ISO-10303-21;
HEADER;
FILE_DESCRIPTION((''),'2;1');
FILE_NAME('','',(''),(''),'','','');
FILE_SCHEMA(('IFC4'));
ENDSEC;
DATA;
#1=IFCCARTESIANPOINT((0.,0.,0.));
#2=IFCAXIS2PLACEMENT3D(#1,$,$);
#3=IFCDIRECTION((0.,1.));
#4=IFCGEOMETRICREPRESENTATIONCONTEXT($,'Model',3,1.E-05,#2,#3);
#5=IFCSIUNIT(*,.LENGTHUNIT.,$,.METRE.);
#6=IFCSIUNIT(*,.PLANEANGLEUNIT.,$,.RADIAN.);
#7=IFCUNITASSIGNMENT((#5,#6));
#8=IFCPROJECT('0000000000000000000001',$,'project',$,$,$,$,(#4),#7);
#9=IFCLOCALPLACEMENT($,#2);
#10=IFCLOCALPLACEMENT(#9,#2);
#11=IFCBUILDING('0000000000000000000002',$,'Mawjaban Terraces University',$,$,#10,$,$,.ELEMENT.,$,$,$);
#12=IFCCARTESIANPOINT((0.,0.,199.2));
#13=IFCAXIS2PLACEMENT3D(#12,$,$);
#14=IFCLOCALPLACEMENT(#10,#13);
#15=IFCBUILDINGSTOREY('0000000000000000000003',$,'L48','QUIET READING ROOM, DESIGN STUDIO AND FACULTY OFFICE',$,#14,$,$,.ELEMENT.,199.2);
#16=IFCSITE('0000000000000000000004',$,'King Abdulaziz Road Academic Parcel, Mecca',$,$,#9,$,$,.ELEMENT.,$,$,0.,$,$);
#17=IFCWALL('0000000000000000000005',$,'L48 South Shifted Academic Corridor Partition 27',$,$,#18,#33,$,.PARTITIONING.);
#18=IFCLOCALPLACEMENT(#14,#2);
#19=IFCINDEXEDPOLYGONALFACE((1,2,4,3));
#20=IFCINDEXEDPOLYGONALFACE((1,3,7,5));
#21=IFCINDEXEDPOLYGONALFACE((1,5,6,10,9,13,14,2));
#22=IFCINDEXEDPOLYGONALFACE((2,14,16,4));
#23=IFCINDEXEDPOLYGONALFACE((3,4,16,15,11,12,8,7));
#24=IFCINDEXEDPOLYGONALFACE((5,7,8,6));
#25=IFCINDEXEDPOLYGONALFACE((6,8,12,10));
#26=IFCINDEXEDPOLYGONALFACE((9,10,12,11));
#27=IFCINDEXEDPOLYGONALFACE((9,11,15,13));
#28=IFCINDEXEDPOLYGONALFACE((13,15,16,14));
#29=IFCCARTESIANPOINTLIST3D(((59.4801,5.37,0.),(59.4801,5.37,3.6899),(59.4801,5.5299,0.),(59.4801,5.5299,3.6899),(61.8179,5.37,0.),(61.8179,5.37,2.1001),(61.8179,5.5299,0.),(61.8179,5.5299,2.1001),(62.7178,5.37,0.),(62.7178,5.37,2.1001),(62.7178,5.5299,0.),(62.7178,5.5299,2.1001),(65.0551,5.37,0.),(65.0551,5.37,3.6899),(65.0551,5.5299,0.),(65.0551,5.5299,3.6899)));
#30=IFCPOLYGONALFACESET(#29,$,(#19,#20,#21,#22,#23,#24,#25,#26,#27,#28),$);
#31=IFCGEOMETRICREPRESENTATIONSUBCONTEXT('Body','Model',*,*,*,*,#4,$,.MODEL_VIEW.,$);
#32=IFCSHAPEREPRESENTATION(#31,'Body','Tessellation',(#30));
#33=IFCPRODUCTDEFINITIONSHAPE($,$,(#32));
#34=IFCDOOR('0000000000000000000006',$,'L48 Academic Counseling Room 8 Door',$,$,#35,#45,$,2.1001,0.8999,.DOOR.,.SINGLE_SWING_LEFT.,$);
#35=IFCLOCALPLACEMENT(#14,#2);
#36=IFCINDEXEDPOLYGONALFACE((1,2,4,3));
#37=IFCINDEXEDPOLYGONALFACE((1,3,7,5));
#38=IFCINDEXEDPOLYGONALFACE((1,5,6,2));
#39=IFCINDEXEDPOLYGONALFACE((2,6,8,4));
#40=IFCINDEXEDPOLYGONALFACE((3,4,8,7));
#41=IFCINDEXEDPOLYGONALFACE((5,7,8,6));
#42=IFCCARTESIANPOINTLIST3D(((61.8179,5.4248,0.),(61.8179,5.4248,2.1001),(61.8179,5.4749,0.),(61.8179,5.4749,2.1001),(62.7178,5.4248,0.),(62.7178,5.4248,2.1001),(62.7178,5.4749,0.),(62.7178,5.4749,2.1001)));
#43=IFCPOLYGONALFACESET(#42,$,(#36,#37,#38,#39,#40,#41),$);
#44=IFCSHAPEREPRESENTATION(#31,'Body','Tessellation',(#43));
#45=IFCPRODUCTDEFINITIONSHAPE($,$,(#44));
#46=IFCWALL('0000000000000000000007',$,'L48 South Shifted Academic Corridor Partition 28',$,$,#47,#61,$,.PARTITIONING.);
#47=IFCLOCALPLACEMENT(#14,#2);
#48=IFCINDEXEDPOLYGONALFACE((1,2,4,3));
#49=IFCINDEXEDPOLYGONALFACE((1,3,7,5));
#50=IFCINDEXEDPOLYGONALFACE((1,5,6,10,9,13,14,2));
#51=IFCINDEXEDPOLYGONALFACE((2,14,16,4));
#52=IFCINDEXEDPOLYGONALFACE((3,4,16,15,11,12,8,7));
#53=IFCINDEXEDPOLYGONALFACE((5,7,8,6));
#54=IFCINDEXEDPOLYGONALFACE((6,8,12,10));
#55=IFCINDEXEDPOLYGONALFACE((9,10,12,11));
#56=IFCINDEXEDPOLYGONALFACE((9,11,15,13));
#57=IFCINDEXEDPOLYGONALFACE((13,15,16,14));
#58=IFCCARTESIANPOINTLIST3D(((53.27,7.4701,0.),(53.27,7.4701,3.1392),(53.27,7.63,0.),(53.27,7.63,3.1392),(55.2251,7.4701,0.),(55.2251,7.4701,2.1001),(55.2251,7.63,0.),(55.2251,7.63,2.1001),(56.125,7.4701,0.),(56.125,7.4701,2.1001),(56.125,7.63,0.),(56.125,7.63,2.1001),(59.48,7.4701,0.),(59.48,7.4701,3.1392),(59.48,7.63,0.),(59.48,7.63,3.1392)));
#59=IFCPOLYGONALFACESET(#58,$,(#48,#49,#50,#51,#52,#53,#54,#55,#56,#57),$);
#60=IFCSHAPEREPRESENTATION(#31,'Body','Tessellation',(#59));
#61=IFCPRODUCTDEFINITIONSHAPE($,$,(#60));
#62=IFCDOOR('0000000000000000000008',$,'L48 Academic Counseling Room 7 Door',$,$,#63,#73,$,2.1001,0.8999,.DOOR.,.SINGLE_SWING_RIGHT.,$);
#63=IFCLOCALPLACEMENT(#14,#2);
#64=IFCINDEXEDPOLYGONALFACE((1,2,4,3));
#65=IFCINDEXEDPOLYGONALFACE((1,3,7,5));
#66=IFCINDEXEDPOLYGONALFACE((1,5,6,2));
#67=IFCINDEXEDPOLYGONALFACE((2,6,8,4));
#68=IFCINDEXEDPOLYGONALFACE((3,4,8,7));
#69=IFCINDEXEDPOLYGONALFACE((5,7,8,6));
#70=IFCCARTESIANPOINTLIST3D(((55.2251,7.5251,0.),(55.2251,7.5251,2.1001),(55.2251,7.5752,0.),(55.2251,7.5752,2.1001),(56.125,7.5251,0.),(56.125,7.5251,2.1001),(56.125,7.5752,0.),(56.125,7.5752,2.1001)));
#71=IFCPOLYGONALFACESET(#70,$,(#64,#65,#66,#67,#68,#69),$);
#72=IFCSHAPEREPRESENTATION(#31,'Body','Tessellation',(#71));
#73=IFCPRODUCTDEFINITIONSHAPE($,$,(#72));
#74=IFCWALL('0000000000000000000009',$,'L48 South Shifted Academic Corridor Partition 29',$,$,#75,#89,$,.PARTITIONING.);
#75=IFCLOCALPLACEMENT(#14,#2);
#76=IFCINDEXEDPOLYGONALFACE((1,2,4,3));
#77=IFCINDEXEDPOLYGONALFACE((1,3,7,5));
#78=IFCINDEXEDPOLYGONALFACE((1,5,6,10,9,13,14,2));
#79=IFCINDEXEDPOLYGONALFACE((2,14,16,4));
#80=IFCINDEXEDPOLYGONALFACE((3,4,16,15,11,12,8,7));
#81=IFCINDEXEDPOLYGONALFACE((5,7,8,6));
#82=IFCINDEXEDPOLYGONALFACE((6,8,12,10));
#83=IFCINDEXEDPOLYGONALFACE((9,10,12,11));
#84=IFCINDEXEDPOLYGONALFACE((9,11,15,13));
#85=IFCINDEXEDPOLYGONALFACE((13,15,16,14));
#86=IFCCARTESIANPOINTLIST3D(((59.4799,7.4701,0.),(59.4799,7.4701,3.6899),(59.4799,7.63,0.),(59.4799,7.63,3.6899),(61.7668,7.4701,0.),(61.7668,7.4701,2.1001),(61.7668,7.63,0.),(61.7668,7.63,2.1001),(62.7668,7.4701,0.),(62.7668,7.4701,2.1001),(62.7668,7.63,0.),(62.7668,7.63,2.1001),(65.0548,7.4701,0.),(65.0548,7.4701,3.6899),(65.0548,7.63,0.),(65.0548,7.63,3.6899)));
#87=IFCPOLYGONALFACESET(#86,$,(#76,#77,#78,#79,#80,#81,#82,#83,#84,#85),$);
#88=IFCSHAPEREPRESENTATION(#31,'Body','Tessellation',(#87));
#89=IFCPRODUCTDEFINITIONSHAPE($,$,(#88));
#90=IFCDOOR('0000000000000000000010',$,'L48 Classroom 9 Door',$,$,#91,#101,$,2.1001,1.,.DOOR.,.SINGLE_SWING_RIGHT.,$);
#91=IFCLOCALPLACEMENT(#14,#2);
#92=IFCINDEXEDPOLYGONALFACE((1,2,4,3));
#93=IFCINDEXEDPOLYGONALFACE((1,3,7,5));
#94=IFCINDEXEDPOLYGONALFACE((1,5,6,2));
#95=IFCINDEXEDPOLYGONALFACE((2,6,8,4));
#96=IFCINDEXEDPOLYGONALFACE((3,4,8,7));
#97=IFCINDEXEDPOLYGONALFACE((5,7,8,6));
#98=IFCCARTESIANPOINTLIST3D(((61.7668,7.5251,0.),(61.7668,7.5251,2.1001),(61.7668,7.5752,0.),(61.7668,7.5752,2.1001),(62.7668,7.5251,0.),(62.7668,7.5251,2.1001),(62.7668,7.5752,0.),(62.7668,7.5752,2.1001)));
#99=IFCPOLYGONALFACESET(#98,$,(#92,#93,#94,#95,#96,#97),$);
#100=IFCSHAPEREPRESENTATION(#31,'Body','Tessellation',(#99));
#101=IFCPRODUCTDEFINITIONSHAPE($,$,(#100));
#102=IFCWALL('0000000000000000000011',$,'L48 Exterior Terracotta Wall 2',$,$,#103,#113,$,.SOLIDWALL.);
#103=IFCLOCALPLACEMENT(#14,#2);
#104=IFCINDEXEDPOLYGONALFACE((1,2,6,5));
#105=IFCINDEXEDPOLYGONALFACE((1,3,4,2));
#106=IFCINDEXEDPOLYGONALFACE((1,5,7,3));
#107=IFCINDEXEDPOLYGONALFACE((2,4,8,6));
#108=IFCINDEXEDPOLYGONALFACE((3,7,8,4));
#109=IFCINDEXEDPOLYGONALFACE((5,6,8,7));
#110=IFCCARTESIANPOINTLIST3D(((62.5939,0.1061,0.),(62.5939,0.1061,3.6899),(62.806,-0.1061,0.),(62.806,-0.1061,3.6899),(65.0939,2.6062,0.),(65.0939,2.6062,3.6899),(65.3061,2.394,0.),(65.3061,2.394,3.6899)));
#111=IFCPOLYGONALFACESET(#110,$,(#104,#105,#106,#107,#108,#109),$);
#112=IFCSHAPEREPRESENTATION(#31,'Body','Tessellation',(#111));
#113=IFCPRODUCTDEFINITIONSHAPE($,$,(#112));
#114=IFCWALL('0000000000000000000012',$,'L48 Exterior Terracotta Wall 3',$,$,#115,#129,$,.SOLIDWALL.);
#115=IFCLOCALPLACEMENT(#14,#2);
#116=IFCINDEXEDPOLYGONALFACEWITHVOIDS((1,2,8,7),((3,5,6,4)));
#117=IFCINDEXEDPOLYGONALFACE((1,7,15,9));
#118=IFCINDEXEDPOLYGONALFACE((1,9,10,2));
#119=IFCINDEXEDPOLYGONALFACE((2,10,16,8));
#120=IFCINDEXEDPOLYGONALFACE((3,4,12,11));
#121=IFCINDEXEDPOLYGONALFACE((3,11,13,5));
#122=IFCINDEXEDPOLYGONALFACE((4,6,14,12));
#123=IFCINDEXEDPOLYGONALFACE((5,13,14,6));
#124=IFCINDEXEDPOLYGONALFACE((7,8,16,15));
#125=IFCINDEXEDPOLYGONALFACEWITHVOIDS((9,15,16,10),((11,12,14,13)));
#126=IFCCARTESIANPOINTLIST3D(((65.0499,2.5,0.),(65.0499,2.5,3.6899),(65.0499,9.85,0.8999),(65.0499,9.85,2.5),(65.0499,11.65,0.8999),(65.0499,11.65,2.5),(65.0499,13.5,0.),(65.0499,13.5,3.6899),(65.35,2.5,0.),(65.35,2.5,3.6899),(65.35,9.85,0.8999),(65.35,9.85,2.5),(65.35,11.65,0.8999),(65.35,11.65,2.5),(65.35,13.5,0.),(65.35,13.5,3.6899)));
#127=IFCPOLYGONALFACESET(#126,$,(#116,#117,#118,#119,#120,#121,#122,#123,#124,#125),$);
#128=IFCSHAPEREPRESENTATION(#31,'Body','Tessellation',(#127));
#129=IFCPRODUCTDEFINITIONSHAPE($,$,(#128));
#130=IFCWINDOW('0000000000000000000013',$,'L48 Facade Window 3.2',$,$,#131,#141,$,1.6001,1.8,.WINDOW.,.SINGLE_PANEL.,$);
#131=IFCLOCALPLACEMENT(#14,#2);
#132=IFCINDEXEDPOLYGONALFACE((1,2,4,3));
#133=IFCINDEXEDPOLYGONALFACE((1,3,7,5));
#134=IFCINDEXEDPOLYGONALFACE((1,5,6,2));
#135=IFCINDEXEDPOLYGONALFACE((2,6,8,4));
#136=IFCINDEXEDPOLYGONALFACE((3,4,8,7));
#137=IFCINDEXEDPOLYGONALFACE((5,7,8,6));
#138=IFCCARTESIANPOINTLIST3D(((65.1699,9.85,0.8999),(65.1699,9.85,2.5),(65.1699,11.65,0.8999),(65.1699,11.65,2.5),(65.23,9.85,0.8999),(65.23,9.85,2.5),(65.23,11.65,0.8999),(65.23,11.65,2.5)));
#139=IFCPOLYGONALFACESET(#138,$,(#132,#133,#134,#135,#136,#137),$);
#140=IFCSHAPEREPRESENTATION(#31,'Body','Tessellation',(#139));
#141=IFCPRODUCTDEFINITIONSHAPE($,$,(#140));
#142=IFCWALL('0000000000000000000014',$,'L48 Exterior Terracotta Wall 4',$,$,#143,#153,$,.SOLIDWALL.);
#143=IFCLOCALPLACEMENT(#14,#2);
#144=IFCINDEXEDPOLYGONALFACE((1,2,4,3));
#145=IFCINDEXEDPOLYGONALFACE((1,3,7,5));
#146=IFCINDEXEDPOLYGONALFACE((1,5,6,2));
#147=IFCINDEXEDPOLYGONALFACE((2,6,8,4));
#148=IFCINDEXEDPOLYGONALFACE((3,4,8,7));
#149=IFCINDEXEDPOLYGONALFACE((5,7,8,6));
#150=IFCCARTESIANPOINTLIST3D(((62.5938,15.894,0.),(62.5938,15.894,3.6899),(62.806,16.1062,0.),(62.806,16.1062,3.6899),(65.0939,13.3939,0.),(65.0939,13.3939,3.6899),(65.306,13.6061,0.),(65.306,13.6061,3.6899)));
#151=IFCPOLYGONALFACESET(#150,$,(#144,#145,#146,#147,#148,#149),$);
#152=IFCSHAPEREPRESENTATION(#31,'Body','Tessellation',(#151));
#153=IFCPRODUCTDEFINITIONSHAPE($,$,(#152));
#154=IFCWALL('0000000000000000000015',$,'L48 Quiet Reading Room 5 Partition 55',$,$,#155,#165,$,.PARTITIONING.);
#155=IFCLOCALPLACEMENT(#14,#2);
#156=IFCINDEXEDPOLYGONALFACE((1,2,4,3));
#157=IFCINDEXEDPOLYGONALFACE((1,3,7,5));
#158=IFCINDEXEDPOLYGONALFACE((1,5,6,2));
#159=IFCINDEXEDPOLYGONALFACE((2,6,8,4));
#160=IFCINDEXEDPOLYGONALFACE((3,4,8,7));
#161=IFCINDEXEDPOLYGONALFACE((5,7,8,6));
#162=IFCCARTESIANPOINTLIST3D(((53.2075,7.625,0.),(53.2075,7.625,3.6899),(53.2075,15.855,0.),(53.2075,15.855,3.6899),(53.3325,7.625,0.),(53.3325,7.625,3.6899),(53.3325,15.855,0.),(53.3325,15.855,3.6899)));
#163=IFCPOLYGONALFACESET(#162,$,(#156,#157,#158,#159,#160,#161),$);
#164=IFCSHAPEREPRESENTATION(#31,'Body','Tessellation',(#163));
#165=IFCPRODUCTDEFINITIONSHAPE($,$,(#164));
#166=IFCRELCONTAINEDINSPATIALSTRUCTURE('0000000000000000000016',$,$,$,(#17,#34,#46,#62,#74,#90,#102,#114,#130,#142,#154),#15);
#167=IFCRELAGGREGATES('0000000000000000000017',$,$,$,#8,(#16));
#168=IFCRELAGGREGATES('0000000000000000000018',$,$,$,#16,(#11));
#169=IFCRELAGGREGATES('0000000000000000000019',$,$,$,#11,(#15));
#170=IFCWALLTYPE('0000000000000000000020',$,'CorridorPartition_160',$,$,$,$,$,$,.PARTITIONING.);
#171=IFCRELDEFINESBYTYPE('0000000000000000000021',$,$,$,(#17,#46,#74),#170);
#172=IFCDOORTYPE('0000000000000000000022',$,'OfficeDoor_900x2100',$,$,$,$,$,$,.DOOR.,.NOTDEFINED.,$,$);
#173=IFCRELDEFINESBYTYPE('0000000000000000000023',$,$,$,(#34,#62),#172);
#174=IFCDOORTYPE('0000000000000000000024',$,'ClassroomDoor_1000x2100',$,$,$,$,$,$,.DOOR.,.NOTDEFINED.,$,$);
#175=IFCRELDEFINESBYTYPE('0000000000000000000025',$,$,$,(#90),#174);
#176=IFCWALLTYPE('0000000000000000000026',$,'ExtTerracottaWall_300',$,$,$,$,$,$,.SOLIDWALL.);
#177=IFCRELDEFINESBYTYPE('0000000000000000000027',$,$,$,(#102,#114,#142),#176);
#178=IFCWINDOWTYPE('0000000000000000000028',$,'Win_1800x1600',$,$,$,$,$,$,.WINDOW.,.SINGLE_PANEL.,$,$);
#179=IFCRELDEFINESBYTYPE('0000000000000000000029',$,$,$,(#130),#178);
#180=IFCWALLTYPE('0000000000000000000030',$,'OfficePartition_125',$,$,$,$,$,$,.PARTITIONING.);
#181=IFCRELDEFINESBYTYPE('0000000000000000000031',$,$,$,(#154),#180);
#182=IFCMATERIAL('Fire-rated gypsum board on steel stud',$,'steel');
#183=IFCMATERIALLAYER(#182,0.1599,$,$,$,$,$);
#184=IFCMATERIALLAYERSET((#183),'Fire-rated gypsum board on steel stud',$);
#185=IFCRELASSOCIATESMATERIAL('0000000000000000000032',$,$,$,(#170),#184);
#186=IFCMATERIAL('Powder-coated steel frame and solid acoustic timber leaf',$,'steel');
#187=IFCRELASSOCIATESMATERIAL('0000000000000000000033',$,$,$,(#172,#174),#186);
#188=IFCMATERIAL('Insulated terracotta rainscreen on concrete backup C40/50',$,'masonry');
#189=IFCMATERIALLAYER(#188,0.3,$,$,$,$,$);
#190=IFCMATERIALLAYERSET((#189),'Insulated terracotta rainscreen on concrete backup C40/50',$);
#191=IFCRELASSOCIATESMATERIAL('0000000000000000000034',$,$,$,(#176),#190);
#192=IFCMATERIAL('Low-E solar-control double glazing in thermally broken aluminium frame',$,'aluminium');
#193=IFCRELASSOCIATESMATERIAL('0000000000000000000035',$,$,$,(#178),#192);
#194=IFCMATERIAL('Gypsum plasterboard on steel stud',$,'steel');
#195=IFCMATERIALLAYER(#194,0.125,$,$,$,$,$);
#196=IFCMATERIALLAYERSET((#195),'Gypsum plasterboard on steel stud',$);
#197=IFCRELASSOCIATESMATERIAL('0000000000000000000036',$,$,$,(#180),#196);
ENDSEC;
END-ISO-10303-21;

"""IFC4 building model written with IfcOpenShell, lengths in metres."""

from ifc_helpers import new_model, si_unit, direction, frame, frame_2d, origin, place, context, subcontext, project, spatial, rectangle, extrude, material, layer, layer_set, type_object, element, fill, save


model = new_model("IFC4")

# Units and contexts
model_context = context("Model", 3, precision=1e-05, world=origin(), true_north=direction((0.0, 1.0)))
body_context = subcontext(model_context, "Body", "Model", "MODEL_VIEW")
ifc_project = project(units=[si_unit("LENGTHUNIT", "METRE"), si_unit("PLANEANGLEUNIT", "RADIAN")], contexts=[model_context])

# Site, building, storey
site_placement = place(None, origin())
site = spatial("IfcSite", under=ifc_project, at=site_placement, Name="King Abdulaziz Road Academic Parcel, Mecca", CompositionType="ELEMENT", RefElevation=0.0)
building_placement = place(site_placement, origin())
building = spatial("IfcBuilding", under=site, at=building_placement, Name="Mawjaban Terraces University", CompositionType="ELEMENT")
storey_placement = place(building_placement, frame((0.0, 0.0, 199.2)))
storey = spatial("IfcBuildingStorey", under=building, at=storey_placement, Name="L48", Description="QUIET READING ROOM, DESIGN STUDIO AND FACULTY OFFICE", CompositionType="ELEMENT", Elevation=199.2)

# Walls, openings, doors
ifc_material_1 = material(Name="Fire-rated gypsum board on steel stud", Category="steel")
ifc_layer_1 = layer(ifc_material_1, 0.1599)
ifc_layer_set_1 = layer_set([ifc_layer_1], Name="Fire-rated gypsum board on steel stud")
wall_type_1 = type_object("IfcWallType", Name="CorridorPartition_160", PredefinedType="PARTITIONING", material=ifc_layer_set_1)
ifc_material_2 = material(Name="Powder-coated steel frame and solid acoustic timber leaf", Category="steel")
door_type_1 = type_object("IfcDoorType", Name="OfficeDoor_900x2100", OperationType="NOTDEFINED", PredefinedType="DOOR", material=ifc_material_2)
wall_1_placement = place(storey_placement, frame((59.48, 5.45, 0.0), z_axis=(0.0, 0.0, 1.0), x_axis=(1.0, 0.0, 0.0)))
wall_1 = element("IfcWall", 1, at=wall_1_placement, inside=storey, type_object=wall_type_1, Name="L48 South Shifted Academic Corridor Partition 27", PredefinedType="PARTITIONING", context=body_context, shape_type="SweptSolid", body=[
    extrude(rectangle(XDim=5.575, YDim=0.1599, at=frame_2d((2.7876, 0.0))), origin(), (0.0, 0.0, 1.0), 3.6899),
])
opening_1_placement = place(wall_1_placement, frame((2.3379, 0.0, 0.0)))
opening_1 = element("IfcOpeningElement", 2, at=opening_1_placement, cuts=wall_1, PredefinedType="OPENING", context=body_context, shape_type="SweptSolid", body=[
    extrude(rectangle(XDim=0.8999, YDim=2.1001, at=frame_2d((0.45, 1.05))), frame((0.0, 0.0898, 0.0), z_axis=(0.0, -1.0, 0.0), x_axis=(1.0, 0.0, 0.0)), (0.0, 0.0, 1.0), 0.1799),
])
door_1_placement = place(opening_1_placement, origin())
door_1 = element("IfcDoor", 3, at=door_1_placement, inside=storey, type_object=door_type_1, Name="L48 Academic Counseling Room 8 Door", OperationType="SINGLE_SWING_LEFT", OverallHeight=2.1001, OverallWidth=0.8999, PredefinedType="DOOR", context=body_context, shape_type="SweptSolid", body=[
    extrude(rectangle(XDim=0.8999, YDim=2.1001, at=frame_2d((0.45, 1.05))), frame((0.0, 0.0249, 0.0), z_axis=(0.0, -1.0, 0.0), x_axis=(1.0, 0.0, 0.0)), (0.0, 0.0, 1.0), 0.05),
])
fill(opening_1, door_1)
wall_2_placement = place(storey_placement, frame((59.48, 7.55, 0.0), z_axis=(0.0, 0.0, 1.0), x_axis=(-1.0, 0.0, 0.0)))
wall_2 = element("IfcWall", 4, at=wall_2_placement, inside=storey, type_object=wall_type_1, Name="L48 South Shifted Academic Corridor Partition 28", PredefinedType="PARTITIONING", context=body_context, shape_type="SweptSolid", body=[
    extrude(rectangle(XDim=6.21, YDim=0.1599, at=frame_2d((3.105, 0.0))), origin(), (0.0, 0.0, 1.0), 3.1392),
])
opening_2_placement = place(wall_2_placement, frame((3.355, 0.0, 0.0)))
opening_2 = element("IfcOpeningElement", 5, at=opening_2_placement, cuts=wall_2, PredefinedType="OPENING", context=body_context, shape_type="SweptSolid", body=[
    extrude(rectangle(XDim=0.8999, YDim=2.1001, at=frame_2d((0.45, 1.05))), frame((0.0, 0.0898, 0.0), z_axis=(0.0, -1.0, 0.0), x_axis=(1.0, 0.0, 0.0)), (0.0, 0.0, 1.0), 0.1799),
])
door_2_placement = place(opening_2_placement, origin())
door_2 = element("IfcDoor", 6, at=door_2_placement, inside=storey, type_object=door_type_1, Name="L48 Academic Counseling Room 7 Door", OperationType="SINGLE_SWING_RIGHT", OverallHeight=2.1001, OverallWidth=0.8999, PredefinedType="DOOR", context=body_context, shape_type="SweptSolid", body=[
    extrude(rectangle(XDim=0.8999, YDim=2.1001, at=frame_2d((0.45, 1.05))), frame((0.0, 0.0249, 0.0), z_axis=(0.0, -1.0, 0.0), x_axis=(1.0, 0.0, 0.0)), (0.0, 0.0, 1.0), 0.05),
])
fill(opening_2, door_2)
wall_3_placement = place(storey_placement, frame((65.0549, 7.55, 0.0), z_axis=(0.0, 0.0, 1.0), x_axis=(-1.0, 0.0, 0.0)))
wall_3 = element("IfcWall", 7, at=wall_3_placement, inside=storey, type_object=wall_type_1, Name="L48 South Shifted Academic Corridor Partition 29", PredefinedType="PARTITIONING", context=body_context, shape_type="SweptSolid", body=[
    extrude(rectangle(XDim=5.575, YDim=0.1599, at=frame_2d((2.7876, 0.0))), origin(), (0.0, 0.0, 1.0), 3.6899),
])
opening_3_placement = place(wall_3_placement, frame((2.2881, 0.0, 0.0)))
opening_3 = element("IfcOpeningElement", 8, at=opening_3_placement, cuts=wall_3, PredefinedType="OPENING", context=body_context, shape_type="SweptSolid", body=[
    extrude(rectangle(XDim=1.0, YDim=2.1001, at=frame_2d((0.5, 1.05))), frame((0.0, 0.0898, 0.0), z_axis=(0.0, -1.0, 0.0), x_axis=(1.0, 0.0, 0.0)), (0.0, 0.0, 1.0), 0.1799),
])
door_type_2 = type_object("IfcDoorType", Name="ClassroomDoor_1000x2100", OperationType="NOTDEFINED", PredefinedType="DOOR", material=ifc_material_2)
door_3_placement = place(opening_3_placement, origin())
door_3 = element("IfcDoor", 9, at=door_3_placement, inside=storey, type_object=door_type_2, Name="L48 Classroom 9 Door", OperationType="SINGLE_SWING_RIGHT", OverallHeight=2.1001, OverallWidth=1.0, PredefinedType="DOOR", context=body_context, shape_type="SweptSolid", body=[
    extrude(rectangle(XDim=1.0, YDim=2.1001, at=frame_2d((0.5, 1.05))), frame((0.0, 0.0249, 0.0), z_axis=(0.0, -1.0, 0.0), x_axis=(1.0, 0.0, 0.0)), (0.0, 0.0, 1.0), 0.05),
])
fill(opening_3, door_3)

# Wall
ifc_material_3 = material(Name="Insulated terracotta rainscreen on concrete backup C40/50", Category="masonry")
ifc_layer_2 = layer(ifc_material_3, 0.3)
ifc_layer_set_2 = layer_set([ifc_layer_2], Name="Insulated terracotta rainscreen on concrete backup C40/50")
wall_type_2 = type_object("IfcWallType", Name="ExtTerracottaWall_300", PredefinedType="SOLIDWALL", material=ifc_layer_set_2)
wall_4_placement = place(storey_placement, frame((62.7, 0.0, 0.0), z_axis=(0.0, 0.0, 1.0), x_axis=(0.707107, 0.707107, 0.0)))
element("IfcWall", 10, at=wall_4_placement, inside=storey, type_object=wall_type_2, Name="L48 Exterior Terracotta Wall 2", PredefinedType="SOLIDWALL", context=body_context, shape_type="SweptSolid", body=[
    extrude(rectangle(XDim=3.5356, YDim=0.3, at=frame_2d((1.7678, 0.0))), origin(), (0.0, 0.0, 1.0), 3.6899),
])

# Wall, opening, window
wall_5_placement = place(storey_placement, frame((65.2, 2.5, 0.0), z_axis=(0.0, 0.0, 1.0), x_axis=(0.0, 1.0, 0.0)))
wall_5 = element("IfcWall", 11, at=wall_5_placement, inside=storey, type_object=wall_type_2, Name="L48 Exterior Terracotta Wall 3", PredefinedType="SOLIDWALL", context=body_context, shape_type="SweptSolid", body=[
    extrude(rectangle(XDim=11.0, YDim=0.3, at=frame_2d((5.5, 0.0))), origin(), (0.0, 0.0, 1.0), 3.6899),
])
opening_4_placement = place(wall_5_placement, frame((7.3501, 0.0, 0.8999)))
opening_4 = element("IfcOpeningElement", 12, at=opening_4_placement, cuts=wall_5, PredefinedType="OPENING", context=body_context, shape_type="SweptSolid", body=[
    extrude(rectangle(XDim=1.8, YDim=1.6001, at=frame_2d((0.8999, 0.8))), frame((0.0, 0.1599, 0.0), z_axis=(0.0, -1.0, 0.0), x_axis=(1.0, 0.0, 0.0)), (0.0, 0.0, 1.0), 0.3201),
])
ifc_material_4 = material(Name="Low-E solar-control double glazing in thermally broken aluminium frame", Category="aluminium")
window_type = type_object("IfcWindowType", Name="Win_1800x1600", PartitioningType="SINGLE_PANEL", PredefinedType="WINDOW", material=ifc_material_4)
window_placement = place(opening_4_placement, origin())
window = element("IfcWindow", 13, at=window_placement, inside=storey, type_object=window_type, Name="L48 Facade Window 3.2", OverallHeight=1.6001, OverallWidth=1.8, PartitioningType="SINGLE_PANEL", PredefinedType="WINDOW", context=body_context, shape_type="SweptSolid", body=[
    extrude(rectangle(XDim=1.8, YDim=1.6001, at=frame_2d((0.8999, 0.8))), frame((0.0, 0.03, 0.0), z_axis=(0.0, -1.0, 0.0), x_axis=(1.0, 0.0, 0.0)), (0.0, 0.0, 1.0), 0.0601),
])
fill(opening_4, window)

# Walls
wall_6_placement = place(storey_placement, frame((65.2, 13.5, 0.0), z_axis=(0.0, 0.0, 1.0), x_axis=(-0.707107, 0.707107, 0.0)))
element("IfcWall", 14, at=wall_6_placement, inside=storey, type_object=wall_type_2, Name="L48 Exterior Terracotta Wall 4", PredefinedType="SOLIDWALL", context=body_context, shape_type="SweptSolid", body=[
    extrude(rectangle(XDim=3.5356, YDim=0.3, at=frame_2d((1.7678, 0.0))), origin(), (0.0, 0.0, 1.0), 3.6899),
])
ifc_material_5 = material(Name="Gypsum plasterboard on steel stud", Category="steel")
ifc_layer_3 = layer(ifc_material_5, 0.125)
ifc_layer_set_3 = layer_set([ifc_layer_3], Name="Gypsum plasterboard on steel stud")
wall_type_3 = type_object("IfcWallType", Name="OfficePartition_125", PredefinedType="PARTITIONING", material=ifc_layer_set_3)
wall_7_placement = place(storey_placement, frame((53.27, 7.625, 0.0), z_axis=(0.0, 0.0, 1.0), x_axis=(0.0, 1.0, 0.0)))
element("IfcWall", 15, at=wall_7_placement, inside=storey, type_object=wall_type_3, Name="L48 Quiet Reading Room 5 Partition 55", PredefinedType="PARTITIONING", context=body_context, shape_type="SweptSolid", body=[
    extrude(rectangle(XDim=8.23, YDim=0.125, at=frame_2d((4.115, 0.0))), origin(), (0.0, 0.0, 1.0), 3.6899),
])

save(model, "model.ifc")
